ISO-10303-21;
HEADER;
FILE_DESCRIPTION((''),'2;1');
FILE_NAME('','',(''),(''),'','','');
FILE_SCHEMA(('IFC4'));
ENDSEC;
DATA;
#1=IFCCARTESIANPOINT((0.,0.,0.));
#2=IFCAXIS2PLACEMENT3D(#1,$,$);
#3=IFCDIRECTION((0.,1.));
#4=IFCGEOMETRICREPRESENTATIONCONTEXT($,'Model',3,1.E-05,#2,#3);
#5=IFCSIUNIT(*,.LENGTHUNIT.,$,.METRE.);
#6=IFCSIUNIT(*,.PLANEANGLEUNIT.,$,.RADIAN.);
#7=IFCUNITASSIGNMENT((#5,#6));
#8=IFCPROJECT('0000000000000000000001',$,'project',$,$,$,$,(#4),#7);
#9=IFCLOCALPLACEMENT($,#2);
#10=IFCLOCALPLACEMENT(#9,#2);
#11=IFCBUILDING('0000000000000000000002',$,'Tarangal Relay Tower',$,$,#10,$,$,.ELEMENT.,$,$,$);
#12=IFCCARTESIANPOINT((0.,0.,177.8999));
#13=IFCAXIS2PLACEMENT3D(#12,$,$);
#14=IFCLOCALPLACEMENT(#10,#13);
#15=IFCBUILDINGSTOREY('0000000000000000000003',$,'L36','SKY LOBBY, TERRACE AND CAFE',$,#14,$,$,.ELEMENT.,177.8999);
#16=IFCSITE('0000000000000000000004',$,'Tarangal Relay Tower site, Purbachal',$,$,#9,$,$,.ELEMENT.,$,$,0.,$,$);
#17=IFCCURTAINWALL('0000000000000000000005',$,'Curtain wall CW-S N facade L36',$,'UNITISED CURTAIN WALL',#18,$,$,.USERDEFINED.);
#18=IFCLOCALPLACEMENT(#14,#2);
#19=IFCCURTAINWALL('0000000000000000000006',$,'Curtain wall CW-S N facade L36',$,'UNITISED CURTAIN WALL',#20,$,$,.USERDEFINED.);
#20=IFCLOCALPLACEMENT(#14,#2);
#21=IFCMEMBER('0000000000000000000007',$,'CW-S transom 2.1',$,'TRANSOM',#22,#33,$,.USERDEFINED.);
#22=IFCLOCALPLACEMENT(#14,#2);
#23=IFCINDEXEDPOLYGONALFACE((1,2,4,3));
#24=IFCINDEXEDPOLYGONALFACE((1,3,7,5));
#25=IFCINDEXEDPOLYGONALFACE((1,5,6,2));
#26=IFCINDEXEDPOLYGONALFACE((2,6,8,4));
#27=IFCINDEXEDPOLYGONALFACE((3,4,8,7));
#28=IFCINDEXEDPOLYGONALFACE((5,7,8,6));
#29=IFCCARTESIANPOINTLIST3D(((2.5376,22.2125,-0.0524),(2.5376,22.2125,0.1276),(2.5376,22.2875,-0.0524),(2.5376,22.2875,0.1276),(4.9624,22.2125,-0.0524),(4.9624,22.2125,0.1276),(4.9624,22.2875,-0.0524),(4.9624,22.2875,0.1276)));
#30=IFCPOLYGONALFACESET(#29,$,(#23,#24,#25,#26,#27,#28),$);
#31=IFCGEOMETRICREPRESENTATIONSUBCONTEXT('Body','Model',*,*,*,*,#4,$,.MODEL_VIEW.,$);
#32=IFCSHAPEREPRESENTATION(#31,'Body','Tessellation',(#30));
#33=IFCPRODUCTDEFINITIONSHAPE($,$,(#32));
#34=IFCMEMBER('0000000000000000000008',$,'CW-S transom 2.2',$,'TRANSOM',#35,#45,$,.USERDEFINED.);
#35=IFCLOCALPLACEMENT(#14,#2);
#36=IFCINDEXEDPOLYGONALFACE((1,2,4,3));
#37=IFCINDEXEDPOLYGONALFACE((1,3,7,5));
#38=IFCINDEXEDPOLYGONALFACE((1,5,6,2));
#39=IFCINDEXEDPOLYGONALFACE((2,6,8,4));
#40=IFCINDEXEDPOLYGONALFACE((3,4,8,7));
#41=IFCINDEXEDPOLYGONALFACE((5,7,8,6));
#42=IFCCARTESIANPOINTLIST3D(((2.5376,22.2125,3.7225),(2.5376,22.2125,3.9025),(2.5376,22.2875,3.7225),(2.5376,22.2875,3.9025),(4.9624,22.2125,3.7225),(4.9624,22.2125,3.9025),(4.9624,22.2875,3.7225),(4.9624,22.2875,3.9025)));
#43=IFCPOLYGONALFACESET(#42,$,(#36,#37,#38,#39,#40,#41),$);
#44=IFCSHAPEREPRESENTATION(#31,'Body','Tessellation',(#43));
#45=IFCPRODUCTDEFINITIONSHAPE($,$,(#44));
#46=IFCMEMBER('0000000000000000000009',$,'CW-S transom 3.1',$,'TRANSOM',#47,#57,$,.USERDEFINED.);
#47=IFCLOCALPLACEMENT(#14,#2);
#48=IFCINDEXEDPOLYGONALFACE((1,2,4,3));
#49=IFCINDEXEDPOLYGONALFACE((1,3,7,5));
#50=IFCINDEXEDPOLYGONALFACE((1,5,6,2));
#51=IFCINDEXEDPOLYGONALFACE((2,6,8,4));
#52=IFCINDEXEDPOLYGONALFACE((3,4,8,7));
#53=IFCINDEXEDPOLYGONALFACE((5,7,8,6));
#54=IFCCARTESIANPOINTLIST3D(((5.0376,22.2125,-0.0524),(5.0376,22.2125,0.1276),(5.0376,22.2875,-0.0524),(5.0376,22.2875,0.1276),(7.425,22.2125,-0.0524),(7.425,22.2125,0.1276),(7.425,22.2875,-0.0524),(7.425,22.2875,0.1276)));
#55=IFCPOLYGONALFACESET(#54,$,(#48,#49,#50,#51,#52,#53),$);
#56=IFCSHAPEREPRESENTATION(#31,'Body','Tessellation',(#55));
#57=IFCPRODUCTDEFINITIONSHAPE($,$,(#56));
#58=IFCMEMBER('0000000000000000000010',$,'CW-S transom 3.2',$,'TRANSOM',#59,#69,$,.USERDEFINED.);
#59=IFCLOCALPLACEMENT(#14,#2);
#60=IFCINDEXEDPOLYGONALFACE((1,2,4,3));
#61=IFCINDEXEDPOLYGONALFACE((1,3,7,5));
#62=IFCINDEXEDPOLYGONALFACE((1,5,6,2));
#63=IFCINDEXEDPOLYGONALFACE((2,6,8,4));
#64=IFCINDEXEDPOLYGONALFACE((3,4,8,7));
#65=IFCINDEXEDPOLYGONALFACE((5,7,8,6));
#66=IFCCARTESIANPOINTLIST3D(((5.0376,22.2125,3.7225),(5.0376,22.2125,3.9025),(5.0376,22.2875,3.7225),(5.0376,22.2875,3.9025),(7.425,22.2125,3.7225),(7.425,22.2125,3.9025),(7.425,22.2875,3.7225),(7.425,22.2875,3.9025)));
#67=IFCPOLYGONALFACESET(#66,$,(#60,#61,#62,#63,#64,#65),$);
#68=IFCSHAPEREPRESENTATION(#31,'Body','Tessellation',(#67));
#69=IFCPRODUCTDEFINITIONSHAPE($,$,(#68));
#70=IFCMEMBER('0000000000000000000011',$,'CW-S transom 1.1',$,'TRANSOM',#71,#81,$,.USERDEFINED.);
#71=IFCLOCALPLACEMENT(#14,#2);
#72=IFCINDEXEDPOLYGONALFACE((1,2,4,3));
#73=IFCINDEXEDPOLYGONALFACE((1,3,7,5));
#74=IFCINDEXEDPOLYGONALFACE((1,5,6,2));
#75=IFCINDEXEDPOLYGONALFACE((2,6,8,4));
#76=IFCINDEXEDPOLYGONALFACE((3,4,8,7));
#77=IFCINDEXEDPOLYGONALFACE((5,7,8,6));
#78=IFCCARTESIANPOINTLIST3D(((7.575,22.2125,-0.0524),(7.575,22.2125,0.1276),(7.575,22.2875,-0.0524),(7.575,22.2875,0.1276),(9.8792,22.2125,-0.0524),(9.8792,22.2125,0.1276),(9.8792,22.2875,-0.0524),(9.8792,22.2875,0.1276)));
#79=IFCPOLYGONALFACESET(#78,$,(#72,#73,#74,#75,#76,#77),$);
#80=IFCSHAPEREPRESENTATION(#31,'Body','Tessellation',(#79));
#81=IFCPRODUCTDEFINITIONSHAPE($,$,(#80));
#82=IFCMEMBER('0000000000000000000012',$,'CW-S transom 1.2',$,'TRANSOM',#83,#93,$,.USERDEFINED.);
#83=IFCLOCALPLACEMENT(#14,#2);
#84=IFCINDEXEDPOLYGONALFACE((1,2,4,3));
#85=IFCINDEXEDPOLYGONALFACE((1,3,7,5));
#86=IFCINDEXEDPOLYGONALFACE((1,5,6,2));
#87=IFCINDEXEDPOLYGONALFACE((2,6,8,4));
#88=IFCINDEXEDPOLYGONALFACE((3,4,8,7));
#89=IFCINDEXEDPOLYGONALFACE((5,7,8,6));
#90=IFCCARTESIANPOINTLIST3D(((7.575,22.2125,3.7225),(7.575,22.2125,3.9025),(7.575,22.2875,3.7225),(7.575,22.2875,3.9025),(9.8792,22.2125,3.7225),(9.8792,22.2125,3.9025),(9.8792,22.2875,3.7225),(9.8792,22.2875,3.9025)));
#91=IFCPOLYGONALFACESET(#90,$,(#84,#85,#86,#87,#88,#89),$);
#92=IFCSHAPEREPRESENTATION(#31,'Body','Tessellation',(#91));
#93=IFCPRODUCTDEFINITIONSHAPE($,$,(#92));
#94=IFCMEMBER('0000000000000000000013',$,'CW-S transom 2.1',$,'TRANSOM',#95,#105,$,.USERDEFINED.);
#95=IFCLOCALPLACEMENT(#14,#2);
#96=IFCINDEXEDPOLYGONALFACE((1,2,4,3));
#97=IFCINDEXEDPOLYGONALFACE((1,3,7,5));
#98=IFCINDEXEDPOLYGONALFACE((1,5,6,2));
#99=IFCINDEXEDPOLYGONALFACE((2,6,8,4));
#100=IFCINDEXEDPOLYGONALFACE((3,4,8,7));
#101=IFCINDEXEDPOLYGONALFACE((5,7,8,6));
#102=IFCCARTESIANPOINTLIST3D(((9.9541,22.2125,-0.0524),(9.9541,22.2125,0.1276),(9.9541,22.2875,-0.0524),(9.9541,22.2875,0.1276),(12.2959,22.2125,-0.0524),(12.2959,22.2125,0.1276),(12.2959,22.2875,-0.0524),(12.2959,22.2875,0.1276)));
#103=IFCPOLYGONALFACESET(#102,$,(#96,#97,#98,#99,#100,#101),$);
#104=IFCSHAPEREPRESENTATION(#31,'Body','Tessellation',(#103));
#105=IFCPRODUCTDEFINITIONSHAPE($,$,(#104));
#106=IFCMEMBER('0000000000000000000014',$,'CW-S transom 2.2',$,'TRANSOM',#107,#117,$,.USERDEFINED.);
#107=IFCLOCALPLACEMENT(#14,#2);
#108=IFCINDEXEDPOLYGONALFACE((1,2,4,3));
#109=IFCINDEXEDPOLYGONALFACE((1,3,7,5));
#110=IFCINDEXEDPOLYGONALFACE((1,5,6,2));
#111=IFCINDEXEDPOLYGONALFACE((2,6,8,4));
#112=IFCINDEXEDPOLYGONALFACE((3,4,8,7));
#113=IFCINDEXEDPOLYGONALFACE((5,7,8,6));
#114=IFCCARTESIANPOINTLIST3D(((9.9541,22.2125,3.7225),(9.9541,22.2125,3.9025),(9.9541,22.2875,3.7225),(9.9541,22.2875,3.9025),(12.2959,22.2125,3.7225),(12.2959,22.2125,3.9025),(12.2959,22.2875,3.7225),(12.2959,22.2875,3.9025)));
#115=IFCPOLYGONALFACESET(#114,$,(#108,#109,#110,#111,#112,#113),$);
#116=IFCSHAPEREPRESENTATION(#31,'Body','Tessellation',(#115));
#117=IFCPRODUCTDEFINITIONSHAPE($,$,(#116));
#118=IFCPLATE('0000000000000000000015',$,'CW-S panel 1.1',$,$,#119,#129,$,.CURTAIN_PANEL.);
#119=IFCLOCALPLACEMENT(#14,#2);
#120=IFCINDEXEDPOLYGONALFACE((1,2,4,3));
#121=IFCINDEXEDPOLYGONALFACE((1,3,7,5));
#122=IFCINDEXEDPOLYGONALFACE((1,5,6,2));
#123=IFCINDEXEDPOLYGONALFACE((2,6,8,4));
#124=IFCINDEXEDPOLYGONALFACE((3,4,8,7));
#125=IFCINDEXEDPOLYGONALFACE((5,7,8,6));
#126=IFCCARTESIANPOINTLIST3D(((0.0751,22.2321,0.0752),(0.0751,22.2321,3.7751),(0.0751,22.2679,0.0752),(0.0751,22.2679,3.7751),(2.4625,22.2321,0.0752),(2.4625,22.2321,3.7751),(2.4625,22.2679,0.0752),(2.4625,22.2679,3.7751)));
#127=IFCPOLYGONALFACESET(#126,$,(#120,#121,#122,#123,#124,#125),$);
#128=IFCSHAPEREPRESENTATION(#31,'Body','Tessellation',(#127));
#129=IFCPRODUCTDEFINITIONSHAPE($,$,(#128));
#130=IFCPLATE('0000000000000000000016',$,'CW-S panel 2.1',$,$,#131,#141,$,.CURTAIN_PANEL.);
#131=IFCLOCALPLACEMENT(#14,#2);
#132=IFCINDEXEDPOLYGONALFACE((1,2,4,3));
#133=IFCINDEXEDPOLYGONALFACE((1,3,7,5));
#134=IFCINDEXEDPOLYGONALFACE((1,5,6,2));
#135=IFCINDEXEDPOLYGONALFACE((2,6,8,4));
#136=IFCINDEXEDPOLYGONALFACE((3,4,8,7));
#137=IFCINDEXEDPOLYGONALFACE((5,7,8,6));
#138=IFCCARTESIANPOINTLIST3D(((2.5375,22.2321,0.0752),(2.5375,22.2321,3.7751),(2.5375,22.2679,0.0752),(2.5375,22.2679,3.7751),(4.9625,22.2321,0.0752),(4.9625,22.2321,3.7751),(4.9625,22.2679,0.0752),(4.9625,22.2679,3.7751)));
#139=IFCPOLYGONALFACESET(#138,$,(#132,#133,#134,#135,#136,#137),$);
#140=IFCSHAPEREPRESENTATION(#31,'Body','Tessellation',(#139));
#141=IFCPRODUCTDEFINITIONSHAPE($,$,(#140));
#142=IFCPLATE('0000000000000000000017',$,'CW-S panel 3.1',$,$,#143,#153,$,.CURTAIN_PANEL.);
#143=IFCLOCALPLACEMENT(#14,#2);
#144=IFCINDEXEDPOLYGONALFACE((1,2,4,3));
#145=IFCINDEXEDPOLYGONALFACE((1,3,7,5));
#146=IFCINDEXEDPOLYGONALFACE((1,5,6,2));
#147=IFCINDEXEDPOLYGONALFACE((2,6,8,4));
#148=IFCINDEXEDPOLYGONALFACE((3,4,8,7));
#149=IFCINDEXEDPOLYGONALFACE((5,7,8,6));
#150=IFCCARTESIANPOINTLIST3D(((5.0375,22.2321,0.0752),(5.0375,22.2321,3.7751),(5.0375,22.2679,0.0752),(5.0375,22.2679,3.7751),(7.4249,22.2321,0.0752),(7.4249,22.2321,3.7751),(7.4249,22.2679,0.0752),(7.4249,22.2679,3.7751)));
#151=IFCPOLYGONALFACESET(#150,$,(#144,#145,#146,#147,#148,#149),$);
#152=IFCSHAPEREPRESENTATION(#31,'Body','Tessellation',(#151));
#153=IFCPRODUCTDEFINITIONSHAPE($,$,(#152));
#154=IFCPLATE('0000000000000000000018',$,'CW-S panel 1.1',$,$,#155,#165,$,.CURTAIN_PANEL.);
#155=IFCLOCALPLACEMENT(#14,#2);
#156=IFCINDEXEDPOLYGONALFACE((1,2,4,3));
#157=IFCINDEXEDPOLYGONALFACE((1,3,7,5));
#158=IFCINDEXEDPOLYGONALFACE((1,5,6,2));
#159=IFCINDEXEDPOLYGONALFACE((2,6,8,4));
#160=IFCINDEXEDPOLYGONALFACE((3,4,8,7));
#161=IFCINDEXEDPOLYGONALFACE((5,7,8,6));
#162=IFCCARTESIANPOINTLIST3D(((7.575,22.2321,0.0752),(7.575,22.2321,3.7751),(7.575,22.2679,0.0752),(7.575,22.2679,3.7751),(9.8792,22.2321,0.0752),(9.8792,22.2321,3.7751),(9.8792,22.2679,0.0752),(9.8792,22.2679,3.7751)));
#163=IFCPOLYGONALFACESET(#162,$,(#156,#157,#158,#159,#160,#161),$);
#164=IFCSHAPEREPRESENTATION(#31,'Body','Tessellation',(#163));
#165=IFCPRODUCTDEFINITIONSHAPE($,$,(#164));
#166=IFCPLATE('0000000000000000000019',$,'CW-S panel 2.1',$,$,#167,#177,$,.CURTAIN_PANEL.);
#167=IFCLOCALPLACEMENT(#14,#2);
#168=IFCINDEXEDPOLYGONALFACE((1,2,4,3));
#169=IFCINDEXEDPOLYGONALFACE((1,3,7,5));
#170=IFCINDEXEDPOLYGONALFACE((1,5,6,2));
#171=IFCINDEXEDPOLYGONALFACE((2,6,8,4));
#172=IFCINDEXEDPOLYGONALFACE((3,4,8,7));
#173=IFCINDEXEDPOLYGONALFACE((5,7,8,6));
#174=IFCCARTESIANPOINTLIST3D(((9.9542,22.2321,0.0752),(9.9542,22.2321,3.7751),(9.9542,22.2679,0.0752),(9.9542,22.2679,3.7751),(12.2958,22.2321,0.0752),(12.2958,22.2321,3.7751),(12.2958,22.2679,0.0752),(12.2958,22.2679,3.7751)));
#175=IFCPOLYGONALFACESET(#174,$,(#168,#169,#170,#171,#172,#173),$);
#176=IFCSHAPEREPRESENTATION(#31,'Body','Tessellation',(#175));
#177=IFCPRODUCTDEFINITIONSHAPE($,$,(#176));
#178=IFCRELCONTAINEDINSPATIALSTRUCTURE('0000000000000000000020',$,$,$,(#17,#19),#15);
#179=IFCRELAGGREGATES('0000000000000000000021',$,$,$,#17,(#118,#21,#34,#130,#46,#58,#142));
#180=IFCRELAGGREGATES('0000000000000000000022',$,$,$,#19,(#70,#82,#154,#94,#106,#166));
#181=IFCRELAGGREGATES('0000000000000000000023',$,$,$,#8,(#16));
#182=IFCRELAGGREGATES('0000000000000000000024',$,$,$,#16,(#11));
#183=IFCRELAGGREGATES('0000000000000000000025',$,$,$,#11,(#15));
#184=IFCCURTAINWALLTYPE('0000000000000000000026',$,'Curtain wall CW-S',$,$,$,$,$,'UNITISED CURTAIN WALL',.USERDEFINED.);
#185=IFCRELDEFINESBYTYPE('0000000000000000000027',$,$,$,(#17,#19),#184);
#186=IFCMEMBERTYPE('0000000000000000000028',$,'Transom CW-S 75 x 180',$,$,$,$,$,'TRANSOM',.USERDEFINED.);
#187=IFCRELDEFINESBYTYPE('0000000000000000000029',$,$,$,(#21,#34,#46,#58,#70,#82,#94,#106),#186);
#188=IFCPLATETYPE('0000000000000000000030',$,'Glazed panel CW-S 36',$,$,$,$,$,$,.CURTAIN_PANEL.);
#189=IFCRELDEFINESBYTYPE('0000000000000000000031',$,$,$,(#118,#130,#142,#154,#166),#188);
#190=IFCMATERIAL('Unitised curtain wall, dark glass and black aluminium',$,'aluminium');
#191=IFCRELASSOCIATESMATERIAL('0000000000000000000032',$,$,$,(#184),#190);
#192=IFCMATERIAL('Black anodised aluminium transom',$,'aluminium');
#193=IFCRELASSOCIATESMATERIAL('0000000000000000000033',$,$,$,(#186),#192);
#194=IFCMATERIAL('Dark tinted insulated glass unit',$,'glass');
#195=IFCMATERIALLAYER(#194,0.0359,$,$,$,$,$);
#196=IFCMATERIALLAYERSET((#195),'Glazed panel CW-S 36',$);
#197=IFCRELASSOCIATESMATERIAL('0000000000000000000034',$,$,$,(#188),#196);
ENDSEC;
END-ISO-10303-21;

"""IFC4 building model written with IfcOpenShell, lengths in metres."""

from ifc_helpers import new_model, si_unit, direction, frame, origin, origin_2d, place, context, subcontext, project, spatial, rectangle, extrude, material, layer, layer_set, material_profile, profile_set, type_object, element, aggregate, save


model = new_model("IFC4")

# Units and contexts
model_context = context("Model", 3, precision=1e-05, world=origin(), true_north=direction((0.0, 1.0)))
body_context = subcontext(model_context, "Body", "Model", "MODEL_VIEW")
ifc_project = project(units=[si_unit("LENGTHUNIT", "METRE"), si_unit("PLANEANGLEUNIT", "RADIAN")], contexts=[model_context])

# Site, building, storey
site_placement = place(None, origin())
site = spatial("IfcSite", under=ifc_project, at=site_placement, Name="Tarangal Relay Tower site, Purbachal", CompositionType="ELEMENT", RefElevation=0.0)
building_placement = place(site_placement, origin())
building = spatial("IfcBuilding", under=site, at=building_placement, Name="Tarangal Relay Tower", CompositionType="ELEMENT")
storey_placement = place(building_placement, frame((0.0, 0.0, 177.8999)))
storey = spatial("IfcBuildingStorey", under=building, at=storey_placement, Name="L36", Description="SKY LOBBY, TERRACE AND CAFE", CompositionType="ELEMENT", Elevation=177.8999)

# Curtain walls
ifc_material_1 = material(Name="Unitised curtain wall, dark glass and black aluminium", Category="aluminium")
curtain_wall_type = type_object("IfcCurtainWallType", Name="Curtain wall CW-S", ElementType="UNITISED CURTAIN WALL", PredefinedType="USERDEFINED", material=ifc_material_1)
curtain_wall_1_placement = place(storey_placement, origin())
curtain_wall_1 = element("IfcCurtainWall", 1, at=curtain_wall_1_placement, inside=storey, type_object=curtain_wall_type, Name="Curtain wall CW-S N facade L36", ObjectType="UNITISED CURTAIN WALL", PredefinedType="USERDEFINED")
curtain_wall_2_placement = place(storey_placement, origin())
curtain_wall_2 = element("IfcCurtainWall", 2, at=curtain_wall_2_placement, inside=storey, type_object=curtain_wall_type, Name="Curtain wall CW-S N facade L36", ObjectType="UNITISED CURTAIN WALL", PredefinedType="USERDEFINED")

# Members
ifc_material_2 = material(Name="Black anodised aluminium transom", Category="aluminium")
ifc_material_profile_1 = material_profile(ifc_material_2, rectangle(XDim=0.075, YDim=0.1799, at=origin_2d()), Name="CW-ST 75X180")
ifc_profile_set_1 = profile_set([ifc_material_profile_1], Name="Black anodised aluminium transom")
member_type_1 = type_object("IfcMemberType", Name="Transom CW-S 75 x 180", ElementType="TRANSOM", PredefinedType="USERDEFINED", material=ifc_profile_set_1)
member_1_placement = place(storey_placement, frame((2.5376, 22.25, 0.0376), z_axis=(1.0, 0.0, 0.0), x_axis=(0.0, 1.0, 0.0)))
member_1 = element("IfcMember", 3, at=member_1_placement, type_object=member_type_1, Name="CW-S transom 2.1", ObjectType="TRANSOM", PredefinedType="USERDEFINED", context=body_context, shape_type="SweptSolid", body=[
    extrude(rectangle(XDim=0.075, YDim=0.1799, at=origin_2d()), origin(), (0.0, 0.0, 1.0), 2.4248),
])
member_2_placement = place(storey_placement, frame((2.5376, 22.25, 3.8125), z_axis=(1.0, 0.0, 0.0), x_axis=(0.0, 1.0, 0.0)))
member_2 = element("IfcMember", 4, at=member_2_placement, type_object=member_type_1, Name="CW-S transom 2.2", ObjectType="TRANSOM", PredefinedType="USERDEFINED", context=body_context, shape_type="SweptSolid", body=[
    extrude(rectangle(XDim=0.075, YDim=0.1799, at=origin_2d()), origin(), (0.0, 0.0, 1.0), 2.4248),
])
member_3_placement = place(storey_placement, frame((5.0376, 22.25, 0.0376), z_axis=(1.0, 0.0, 0.0), x_axis=(0.0, 1.0, 0.0)))
member_3 = element("IfcMember", 5, at=member_3_placement, type_object=member_type_1, Name="CW-S transom 3.1", ObjectType="TRANSOM", PredefinedType="USERDEFINED", context=body_context, shape_type="SweptSolid", body=[
    extrude(rectangle(XDim=0.075, YDim=0.1799, at=origin_2d()), origin(), (0.0, 0.0, 1.0), 2.3875),
])
member_4_placement = place(storey_placement, frame((5.0376, 22.25, 3.8125), z_axis=(1.0, 0.0, 0.0), x_axis=(0.0, 1.0, 0.0)))
member_4 = element("IfcMember", 6, at=member_4_placement, type_object=member_type_1, Name="CW-S transom 3.2", ObjectType="TRANSOM", PredefinedType="USERDEFINED", context=body_context, shape_type="SweptSolid", body=[
    extrude(rectangle(XDim=0.075, YDim=0.1799, at=origin_2d()), origin(), (0.0, 0.0, 1.0), 2.3875),
])
member_5_placement = place(storey_placement, frame((7.575, 22.25, 0.0376), z_axis=(1.0, 0.0, 0.0), x_axis=(0.0, 1.0, 0.0)))
member_5 = element("IfcMember", 7, at=member_5_placement, type_object=member_type_1, Name="CW-S transom 1.1", ObjectType="TRANSOM", PredefinedType="USERDEFINED", context=body_context, shape_type="SweptSolid", body=[
    extrude(rectangle(XDim=0.075, YDim=0.1799, at=origin_2d()), origin(), (0.0, 0.0, 1.0), 2.3042),
])
member_6_placement = place(storey_placement, frame((7.575, 22.25, 3.8125), z_axis=(1.0, 0.0, 0.0), x_axis=(0.0, 1.0, 0.0)))
member_6 = element("IfcMember", 8, at=member_6_placement, type_object=member_type_1, Name="CW-S transom 1.2", ObjectType="TRANSOM", PredefinedType="USERDEFINED", context=body_context, shape_type="SweptSolid", body=[
    extrude(rectangle(XDim=0.075, YDim=0.1799, at=origin_2d()), origin(), (0.0, 0.0, 1.0), 2.3042),
])
member_7_placement = place(storey_placement, frame((9.9541, 22.25, 0.0376), z_axis=(1.0, 0.0, 0.0), x_axis=(0.0, 1.0, 0.0)))
member_7 = element("IfcMember", 9, at=member_7_placement, type_object=member_type_1, Name="CW-S transom 2.1", ObjectType="TRANSOM", PredefinedType="USERDEFINED", context=body_context, shape_type="SweptSolid", body=[
    extrude(rectangle(XDim=0.075, YDim=0.1799, at=origin_2d()), origin(), (0.0, 0.0, 1.0), 2.3418),
])
member_8_placement = place(storey_placement, frame((9.9541, 22.25, 3.8125), z_axis=(1.0, 0.0, 0.0), x_axis=(0.0, 1.0, 0.0)))
member_8 = element("IfcMember", 10, at=member_8_placement, type_object=member_type_1, Name="CW-S transom 2.2", ObjectType="TRANSOM", PredefinedType="USERDEFINED", context=body_context, shape_type="SweptSolid", body=[
    extrude(rectangle(XDim=0.075, YDim=0.1799, at=origin_2d()), origin(), (0.0, 0.0, 1.0), 2.3418),
])

# Plates
ifc_material_3 = material(Name="Dark tinted insulated glass unit", Category="glass")
ifc_layer_1 = layer(ifc_material_3, 0.0359)
ifc_layer_set_1 = layer_set([ifc_layer_1], Name="Glazed panel CW-S 36")
plate_type = type_object("IfcPlateType", Name="Glazed panel CW-S 36", PredefinedType="CURTAIN_PANEL", material=ifc_layer_set_1)
plate_1_placement = place(storey_placement, frame((1.2688, 22.25, 0.0752), z_axis=(0.0, 0.0, 1.0), x_axis=(1.0, 0.0, 0.0)))
plate_1 = element("IfcPlate", 11, at=plate_1_placement, type_object=plate_type, Name="CW-S panel 1.1", PredefinedType="CURTAIN_PANEL", context=body_context, shape_type="SweptSolid", body=[
    extrude(rectangle(XDim=2.3875, YDim=0.0359, at=origin_2d()), origin(), (0.0, 0.0, 1.0), 3.7),
])
plate_2_placement = place(storey_placement, frame((3.75, 22.25, 0.0752), z_axis=(0.0, 0.0, 1.0), x_axis=(1.0, 0.0, 0.0)))
plate_2 = element("IfcPlate", 12, at=plate_2_placement, type_object=plate_type, Name="CW-S panel 2.1", PredefinedType="CURTAIN_PANEL", context=body_context, shape_type="SweptSolid", body=[
    extrude(rectangle(XDim=2.425, YDim=0.0359, at=origin_2d()), origin(), (0.0, 0.0, 1.0), 3.7),
])
plate_3_placement = place(storey_placement, frame((6.2312, 22.25, 0.0752), z_axis=(0.0, 0.0, 1.0), x_axis=(1.0, 0.0, 0.0)))
plate_3 = element("IfcPlate", 13, at=plate_3_placement, type_object=plate_type, Name="CW-S panel 3.1", PredefinedType="CURTAIN_PANEL", context=body_context, shape_type="SweptSolid", body=[
    extrude(rectangle(XDim=2.3875, YDim=0.0359, at=origin_2d()), origin(), (0.0, 0.0, 1.0), 3.7),
])
aggregate(curtain_wall_1, [plate_1, member_1, member_2, plate_2, member_3, member_4, plate_3])
plate_4_placement = place(storey_placement, frame((8.7271, 22.25, 0.0752), z_axis=(0.0, 0.0, 1.0), x_axis=(1.0, 0.0, 0.0)))
plate_4 = element("IfcPlate", 14, at=plate_4_placement, type_object=plate_type, Name="CW-S panel 1.1", PredefinedType="CURTAIN_PANEL", context=body_context, shape_type="SweptSolid", body=[
    extrude(rectangle(XDim=2.3042, YDim=0.0359, at=origin_2d()), origin(), (0.0, 0.0, 1.0), 3.7),
])
plate_5_placement = place(storey_placement, frame((11.125, 22.25, 0.0752), z_axis=(0.0, 0.0, 1.0), x_axis=(1.0, 0.0, 0.0)))
plate_5 = element("IfcPlate", 15, at=plate_5_placement, type_object=plate_type, Name="CW-S panel 2.1", PredefinedType="CURTAIN_PANEL", context=body_context, shape_type="SweptSolid", body=[
    extrude(rectangle(XDim=2.3416, YDim=0.0359, at=origin_2d()), origin(), (0.0, 0.0, 1.0), 3.7),
])
aggregate(curtain_wall_2, [member_5, member_6, plate_4, member_7, member_8, plate_5])

save(model, "model.ifc")
